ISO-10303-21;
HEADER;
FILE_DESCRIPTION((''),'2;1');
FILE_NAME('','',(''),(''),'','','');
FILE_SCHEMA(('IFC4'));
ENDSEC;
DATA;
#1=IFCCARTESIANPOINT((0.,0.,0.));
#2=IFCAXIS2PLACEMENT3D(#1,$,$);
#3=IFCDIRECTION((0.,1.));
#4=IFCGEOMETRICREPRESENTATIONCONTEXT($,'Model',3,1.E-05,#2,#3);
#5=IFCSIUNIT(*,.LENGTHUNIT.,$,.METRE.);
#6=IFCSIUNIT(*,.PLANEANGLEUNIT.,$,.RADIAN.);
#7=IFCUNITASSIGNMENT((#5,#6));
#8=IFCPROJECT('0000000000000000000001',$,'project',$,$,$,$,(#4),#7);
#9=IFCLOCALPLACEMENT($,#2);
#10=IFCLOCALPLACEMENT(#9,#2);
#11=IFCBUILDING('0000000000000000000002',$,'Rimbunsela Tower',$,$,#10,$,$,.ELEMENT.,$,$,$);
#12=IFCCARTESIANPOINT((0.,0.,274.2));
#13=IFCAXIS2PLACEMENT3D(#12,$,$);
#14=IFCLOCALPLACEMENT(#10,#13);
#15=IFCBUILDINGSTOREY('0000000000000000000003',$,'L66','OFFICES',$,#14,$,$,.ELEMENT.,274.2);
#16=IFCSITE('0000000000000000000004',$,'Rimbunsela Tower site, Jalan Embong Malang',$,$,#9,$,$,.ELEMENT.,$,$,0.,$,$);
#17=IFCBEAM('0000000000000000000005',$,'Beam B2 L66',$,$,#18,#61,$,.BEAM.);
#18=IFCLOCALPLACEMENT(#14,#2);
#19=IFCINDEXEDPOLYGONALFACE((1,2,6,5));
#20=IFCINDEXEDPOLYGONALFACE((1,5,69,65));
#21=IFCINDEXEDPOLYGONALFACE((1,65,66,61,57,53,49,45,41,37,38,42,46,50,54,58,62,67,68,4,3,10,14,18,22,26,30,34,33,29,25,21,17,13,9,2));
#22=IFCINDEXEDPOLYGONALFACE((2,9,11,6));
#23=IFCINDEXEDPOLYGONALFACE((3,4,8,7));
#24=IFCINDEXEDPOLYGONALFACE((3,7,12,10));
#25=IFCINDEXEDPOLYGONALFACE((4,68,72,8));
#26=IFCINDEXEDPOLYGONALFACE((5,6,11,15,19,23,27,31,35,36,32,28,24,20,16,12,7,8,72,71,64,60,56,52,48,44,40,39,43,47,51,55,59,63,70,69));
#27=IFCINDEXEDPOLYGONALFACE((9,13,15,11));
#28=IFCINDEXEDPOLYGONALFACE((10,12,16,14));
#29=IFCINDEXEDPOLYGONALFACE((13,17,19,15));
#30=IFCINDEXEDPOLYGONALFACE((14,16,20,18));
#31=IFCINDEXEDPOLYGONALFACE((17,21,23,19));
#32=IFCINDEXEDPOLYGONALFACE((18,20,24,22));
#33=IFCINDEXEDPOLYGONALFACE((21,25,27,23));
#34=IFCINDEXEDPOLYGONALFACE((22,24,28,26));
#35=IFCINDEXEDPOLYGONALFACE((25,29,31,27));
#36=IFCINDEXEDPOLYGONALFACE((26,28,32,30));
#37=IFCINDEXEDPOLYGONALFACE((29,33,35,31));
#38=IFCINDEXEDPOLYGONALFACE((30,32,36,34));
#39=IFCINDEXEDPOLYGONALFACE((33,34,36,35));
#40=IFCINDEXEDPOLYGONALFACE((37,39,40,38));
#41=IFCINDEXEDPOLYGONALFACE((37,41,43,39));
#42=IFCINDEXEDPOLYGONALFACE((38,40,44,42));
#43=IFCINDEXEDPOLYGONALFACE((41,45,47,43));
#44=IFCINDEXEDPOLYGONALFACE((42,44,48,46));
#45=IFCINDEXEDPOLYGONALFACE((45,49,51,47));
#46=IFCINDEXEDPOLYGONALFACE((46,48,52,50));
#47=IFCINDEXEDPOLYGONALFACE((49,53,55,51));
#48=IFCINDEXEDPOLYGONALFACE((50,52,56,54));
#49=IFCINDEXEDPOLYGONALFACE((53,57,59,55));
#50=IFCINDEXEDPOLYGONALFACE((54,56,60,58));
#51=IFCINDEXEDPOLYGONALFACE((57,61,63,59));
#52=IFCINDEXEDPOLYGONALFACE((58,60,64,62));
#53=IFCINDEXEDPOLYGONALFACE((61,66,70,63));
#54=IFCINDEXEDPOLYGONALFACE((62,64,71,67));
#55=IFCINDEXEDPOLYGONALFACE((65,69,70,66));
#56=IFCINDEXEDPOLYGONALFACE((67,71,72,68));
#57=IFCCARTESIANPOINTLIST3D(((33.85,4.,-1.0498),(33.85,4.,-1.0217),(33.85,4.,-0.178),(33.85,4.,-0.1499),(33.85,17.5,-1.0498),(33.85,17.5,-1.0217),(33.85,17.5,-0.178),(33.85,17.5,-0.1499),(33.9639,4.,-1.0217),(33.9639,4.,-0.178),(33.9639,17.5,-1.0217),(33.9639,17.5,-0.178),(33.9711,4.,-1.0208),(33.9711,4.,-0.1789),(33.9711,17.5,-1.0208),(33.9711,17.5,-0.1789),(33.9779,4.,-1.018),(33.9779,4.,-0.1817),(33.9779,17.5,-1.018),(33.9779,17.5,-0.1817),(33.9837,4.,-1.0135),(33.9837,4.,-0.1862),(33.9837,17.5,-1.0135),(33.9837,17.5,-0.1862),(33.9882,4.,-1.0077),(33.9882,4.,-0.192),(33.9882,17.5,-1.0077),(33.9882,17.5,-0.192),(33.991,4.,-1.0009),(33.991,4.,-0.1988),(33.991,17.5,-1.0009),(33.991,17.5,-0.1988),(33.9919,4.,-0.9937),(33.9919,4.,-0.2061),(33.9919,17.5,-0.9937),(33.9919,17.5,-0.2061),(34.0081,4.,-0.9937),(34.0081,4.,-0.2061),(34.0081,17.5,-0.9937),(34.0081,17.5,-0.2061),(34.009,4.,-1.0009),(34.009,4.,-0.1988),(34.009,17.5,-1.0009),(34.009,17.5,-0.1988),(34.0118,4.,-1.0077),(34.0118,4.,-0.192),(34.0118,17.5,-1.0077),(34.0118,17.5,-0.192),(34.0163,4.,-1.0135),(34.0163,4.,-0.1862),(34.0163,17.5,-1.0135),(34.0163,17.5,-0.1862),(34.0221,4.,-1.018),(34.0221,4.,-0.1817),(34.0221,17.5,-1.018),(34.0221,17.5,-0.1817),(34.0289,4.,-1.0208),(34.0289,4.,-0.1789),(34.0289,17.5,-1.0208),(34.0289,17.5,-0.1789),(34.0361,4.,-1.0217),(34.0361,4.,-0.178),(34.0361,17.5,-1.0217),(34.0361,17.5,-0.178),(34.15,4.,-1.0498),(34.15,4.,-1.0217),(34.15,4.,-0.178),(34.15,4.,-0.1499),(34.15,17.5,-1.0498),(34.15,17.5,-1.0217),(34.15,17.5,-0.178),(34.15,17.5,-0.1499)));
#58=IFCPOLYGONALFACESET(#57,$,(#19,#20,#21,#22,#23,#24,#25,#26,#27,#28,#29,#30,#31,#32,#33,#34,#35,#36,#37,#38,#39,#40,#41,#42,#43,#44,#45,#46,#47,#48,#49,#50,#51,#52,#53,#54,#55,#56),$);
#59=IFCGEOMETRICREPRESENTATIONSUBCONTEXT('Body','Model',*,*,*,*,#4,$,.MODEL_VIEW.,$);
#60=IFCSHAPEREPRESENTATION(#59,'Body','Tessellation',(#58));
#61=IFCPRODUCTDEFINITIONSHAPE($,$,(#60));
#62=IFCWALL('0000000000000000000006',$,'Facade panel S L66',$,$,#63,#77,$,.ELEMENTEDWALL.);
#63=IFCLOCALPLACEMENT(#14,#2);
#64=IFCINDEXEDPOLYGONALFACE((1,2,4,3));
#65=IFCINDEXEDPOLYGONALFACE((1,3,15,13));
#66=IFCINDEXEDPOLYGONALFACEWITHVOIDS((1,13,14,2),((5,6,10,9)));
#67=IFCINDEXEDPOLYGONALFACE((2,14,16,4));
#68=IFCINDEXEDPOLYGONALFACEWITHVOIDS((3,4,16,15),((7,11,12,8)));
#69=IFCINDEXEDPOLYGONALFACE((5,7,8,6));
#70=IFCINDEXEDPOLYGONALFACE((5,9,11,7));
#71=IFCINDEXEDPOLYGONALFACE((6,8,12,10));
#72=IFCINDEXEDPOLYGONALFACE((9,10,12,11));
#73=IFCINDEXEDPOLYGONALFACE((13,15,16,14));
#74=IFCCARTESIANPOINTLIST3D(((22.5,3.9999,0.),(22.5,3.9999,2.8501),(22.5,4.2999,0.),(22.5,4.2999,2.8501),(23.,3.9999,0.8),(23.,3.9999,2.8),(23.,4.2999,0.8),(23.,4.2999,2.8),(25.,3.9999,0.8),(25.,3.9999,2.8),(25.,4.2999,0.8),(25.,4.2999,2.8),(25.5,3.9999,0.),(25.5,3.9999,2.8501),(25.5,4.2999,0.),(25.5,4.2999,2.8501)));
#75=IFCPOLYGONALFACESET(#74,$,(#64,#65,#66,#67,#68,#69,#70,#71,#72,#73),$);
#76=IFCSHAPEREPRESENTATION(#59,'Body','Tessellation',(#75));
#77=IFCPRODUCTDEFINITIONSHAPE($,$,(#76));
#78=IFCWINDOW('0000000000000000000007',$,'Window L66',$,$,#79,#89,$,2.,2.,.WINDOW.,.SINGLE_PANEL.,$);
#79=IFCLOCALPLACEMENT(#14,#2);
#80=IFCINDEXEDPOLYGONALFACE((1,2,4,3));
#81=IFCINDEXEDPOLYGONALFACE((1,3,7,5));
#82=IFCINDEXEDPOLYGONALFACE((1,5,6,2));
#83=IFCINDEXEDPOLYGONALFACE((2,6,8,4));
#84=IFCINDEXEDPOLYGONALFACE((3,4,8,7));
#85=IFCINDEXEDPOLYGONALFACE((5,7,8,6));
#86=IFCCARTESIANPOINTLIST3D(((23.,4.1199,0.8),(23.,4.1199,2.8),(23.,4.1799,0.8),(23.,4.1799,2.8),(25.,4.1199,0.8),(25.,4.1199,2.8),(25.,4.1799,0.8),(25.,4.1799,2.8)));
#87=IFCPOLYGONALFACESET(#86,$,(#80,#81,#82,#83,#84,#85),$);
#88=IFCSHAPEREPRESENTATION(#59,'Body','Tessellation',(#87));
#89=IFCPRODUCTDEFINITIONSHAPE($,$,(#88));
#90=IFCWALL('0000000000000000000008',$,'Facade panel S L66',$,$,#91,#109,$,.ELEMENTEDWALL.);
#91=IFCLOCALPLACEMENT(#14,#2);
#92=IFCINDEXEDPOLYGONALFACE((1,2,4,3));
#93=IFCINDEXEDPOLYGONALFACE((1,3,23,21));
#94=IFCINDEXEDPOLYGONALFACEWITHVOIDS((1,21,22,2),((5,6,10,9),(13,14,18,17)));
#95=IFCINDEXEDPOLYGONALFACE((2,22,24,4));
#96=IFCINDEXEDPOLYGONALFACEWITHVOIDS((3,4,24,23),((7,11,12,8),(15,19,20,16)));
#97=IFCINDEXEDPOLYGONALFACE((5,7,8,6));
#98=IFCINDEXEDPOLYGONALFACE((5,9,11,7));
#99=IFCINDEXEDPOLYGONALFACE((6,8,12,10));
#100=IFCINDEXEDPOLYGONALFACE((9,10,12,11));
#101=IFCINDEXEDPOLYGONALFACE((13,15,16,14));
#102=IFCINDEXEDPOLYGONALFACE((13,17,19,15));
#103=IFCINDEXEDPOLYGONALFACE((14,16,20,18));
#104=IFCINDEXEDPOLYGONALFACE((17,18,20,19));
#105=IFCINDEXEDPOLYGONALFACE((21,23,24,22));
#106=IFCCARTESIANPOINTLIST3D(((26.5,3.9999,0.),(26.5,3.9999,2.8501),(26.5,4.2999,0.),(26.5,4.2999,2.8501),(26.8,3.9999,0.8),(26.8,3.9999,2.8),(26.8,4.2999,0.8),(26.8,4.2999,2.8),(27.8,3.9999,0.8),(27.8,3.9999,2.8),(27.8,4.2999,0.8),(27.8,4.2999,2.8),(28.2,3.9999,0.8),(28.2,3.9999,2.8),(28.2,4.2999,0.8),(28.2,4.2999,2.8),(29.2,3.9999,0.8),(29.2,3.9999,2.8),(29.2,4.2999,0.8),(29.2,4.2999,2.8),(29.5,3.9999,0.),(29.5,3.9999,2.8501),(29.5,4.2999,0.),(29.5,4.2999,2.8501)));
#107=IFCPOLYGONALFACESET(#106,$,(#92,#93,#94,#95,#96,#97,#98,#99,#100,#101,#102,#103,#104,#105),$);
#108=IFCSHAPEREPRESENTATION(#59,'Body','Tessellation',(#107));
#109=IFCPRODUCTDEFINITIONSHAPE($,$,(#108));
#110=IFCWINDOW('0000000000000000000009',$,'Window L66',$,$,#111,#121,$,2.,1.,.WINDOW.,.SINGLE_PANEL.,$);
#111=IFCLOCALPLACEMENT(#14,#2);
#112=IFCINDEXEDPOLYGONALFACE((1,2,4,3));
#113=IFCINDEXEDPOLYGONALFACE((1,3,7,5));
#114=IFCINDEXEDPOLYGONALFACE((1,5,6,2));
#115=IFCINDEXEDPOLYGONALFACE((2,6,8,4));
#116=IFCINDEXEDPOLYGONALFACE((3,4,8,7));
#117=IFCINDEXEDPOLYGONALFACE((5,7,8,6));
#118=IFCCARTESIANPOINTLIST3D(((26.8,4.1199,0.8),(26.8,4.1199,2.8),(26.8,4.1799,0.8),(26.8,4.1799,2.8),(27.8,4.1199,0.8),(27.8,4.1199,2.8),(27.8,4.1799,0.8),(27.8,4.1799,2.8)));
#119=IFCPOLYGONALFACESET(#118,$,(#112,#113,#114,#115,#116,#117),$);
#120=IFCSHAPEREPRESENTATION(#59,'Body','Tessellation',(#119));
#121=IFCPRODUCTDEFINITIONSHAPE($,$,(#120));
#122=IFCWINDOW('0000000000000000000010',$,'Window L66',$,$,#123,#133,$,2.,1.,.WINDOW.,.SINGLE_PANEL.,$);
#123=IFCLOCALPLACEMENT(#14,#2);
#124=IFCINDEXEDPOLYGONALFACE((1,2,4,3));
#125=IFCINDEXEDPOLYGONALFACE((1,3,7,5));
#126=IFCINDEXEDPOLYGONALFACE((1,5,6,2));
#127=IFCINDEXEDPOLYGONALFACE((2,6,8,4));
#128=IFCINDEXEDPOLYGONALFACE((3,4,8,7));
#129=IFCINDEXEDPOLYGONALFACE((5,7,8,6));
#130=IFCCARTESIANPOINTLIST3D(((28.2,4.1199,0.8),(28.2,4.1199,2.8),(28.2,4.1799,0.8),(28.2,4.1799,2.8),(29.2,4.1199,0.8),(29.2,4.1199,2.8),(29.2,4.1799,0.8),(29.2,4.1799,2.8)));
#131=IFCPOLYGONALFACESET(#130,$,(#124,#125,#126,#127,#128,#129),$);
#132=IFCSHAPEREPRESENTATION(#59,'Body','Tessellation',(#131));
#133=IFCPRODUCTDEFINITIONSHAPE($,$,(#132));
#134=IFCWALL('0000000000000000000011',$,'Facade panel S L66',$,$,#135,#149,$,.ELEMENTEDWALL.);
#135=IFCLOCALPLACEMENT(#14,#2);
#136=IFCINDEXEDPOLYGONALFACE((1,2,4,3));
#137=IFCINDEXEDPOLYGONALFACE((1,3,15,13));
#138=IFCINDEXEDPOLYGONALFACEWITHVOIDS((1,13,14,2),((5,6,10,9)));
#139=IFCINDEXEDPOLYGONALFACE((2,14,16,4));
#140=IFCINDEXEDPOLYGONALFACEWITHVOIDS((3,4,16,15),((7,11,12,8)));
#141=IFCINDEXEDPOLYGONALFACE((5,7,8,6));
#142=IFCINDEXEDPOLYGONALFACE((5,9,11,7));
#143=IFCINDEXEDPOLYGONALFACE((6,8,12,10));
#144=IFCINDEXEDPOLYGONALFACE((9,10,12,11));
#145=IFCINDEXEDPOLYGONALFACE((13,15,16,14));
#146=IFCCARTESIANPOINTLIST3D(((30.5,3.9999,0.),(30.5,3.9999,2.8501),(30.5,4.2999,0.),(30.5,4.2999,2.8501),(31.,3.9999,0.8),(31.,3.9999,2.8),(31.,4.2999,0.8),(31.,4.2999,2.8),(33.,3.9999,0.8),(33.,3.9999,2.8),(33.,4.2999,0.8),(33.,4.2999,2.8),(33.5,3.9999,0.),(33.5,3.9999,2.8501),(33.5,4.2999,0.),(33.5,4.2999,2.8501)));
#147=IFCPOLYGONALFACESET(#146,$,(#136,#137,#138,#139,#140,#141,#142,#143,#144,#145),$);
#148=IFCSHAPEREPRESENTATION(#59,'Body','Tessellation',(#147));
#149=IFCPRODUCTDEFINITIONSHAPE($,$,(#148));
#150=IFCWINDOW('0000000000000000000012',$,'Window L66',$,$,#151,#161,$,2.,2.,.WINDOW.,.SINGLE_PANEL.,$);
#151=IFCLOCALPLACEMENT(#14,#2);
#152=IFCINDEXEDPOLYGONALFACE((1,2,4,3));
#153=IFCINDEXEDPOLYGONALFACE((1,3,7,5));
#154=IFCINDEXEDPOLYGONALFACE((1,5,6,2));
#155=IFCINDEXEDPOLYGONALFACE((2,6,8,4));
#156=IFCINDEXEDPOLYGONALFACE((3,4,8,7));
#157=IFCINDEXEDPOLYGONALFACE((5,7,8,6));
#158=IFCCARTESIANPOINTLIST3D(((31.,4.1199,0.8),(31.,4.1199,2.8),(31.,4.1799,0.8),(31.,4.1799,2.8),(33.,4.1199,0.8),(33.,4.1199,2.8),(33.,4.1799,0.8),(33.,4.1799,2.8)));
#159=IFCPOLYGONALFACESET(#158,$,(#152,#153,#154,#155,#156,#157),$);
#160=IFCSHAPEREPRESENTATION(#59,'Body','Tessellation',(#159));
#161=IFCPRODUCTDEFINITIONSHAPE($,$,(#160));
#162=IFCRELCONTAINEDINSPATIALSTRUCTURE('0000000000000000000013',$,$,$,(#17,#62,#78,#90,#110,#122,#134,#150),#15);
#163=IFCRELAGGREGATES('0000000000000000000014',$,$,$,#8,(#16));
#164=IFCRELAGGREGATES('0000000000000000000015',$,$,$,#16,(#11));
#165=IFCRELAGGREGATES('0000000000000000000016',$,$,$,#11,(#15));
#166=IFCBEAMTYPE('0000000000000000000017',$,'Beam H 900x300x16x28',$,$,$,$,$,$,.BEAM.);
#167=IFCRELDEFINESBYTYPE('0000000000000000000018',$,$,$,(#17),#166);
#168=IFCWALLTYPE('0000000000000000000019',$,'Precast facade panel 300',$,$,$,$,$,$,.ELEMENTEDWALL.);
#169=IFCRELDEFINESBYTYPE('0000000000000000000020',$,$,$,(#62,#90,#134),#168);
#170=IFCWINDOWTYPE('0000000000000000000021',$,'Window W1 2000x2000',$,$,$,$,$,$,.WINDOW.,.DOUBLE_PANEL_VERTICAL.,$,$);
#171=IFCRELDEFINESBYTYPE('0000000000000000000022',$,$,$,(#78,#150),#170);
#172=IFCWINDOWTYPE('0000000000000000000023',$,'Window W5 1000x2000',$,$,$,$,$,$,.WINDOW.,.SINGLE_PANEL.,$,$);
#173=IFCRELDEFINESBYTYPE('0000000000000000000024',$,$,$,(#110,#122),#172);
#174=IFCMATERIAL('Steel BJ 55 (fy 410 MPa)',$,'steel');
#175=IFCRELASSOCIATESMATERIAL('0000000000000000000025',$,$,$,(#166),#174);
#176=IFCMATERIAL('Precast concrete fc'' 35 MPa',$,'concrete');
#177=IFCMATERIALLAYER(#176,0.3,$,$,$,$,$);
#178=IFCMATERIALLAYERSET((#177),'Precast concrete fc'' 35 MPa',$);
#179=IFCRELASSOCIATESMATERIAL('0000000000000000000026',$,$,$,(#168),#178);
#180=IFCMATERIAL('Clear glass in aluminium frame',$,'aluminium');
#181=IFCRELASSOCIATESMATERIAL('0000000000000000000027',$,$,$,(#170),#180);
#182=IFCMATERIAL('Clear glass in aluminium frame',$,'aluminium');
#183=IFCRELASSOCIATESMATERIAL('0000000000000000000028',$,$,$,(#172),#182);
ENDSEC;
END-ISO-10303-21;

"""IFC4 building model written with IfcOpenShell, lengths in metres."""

from ifc_helpers import new_model, si_unit, direction, frame, frame_2d, origin, origin_2d, place, context, subcontext, project, spatial, rectangle, i_section, extrude, material, layer, layer_set, material_profile, profile_set, type_object, element, fill, save


model = new_model("IFC4")

# Units and contexts
model_context = context("Model", 3, precision=1e-05, world=origin(), true_north=direction((0.0, 1.0)))
body_context = subcontext(model_context, "Body", "Model", "MODEL_VIEW")
ifc_project = project(units=[si_unit("LENGTHUNIT", "METRE"), si_unit("PLANEANGLEUNIT", "RADIAN")], contexts=[model_context])

# Site, building, storey
site_placement = place(None, origin())
site = spatial("IfcSite", under=ifc_project, at=site_placement, Name="Rimbunsela Tower site, Jalan Embong Malang", CompositionType="ELEMENT", RefElevation=0.0)
building_placement = place(site_placement, origin())
building = spatial("IfcBuilding", under=site, at=building_placement, Name="Rimbunsela Tower", CompositionType="ELEMENT")
storey_placement = place(building_placement, frame((0.0, 0.0, 274.2)))
storey = spatial("IfcBuildingStorey", under=building, at=storey_placement, Name="L66", Description="OFFICES", CompositionType="ELEMENT", Elevation=274.2)

# Beam
ifc_material_1 = material(Name="Steel BJ 55 (fy 410 MPa)", Category="steel")
ifc_material_profile_1 = material_profile(ifc_material_1, i_section(OverallWidth=0.3, OverallDepth=0.8999, WebThickness=0.0161, FlangeThickness=0.0281, FilletRadius=0.0281, at=origin_2d()), Name="H 900x300x16x28")
ifc_profile_set_1 = profile_set([ifc_material_profile_1], Name="Steel BJ 55 (fy 410 MPa)")
beam_type_1 = type_object("IfcBeamType", Name="Beam H 900x300x16x28", PredefinedType="BEAM", material=ifc_profile_set_1)
for number, where, z_axis, x_axis, name in (
    (1, (34.0, 4.0, -0.5999), (0.0, 1.0, 0.0), (-1.0, 0.0, 0.0), "Beam B2 L66"),
):
    element("IfcBeam", number, at=place(storey_placement, frame(where, z_axis=z_axis, x_axis=x_axis)), inside=storey, type_object=beam_type_1, Name=name, PredefinedType="BEAM", context=body_context, shape_type="SweptSolid", body=[
        extrude(i_section(OverallWidth=0.3, OverallDepth=0.8999, WebThickness=0.0161, FlangeThickness=0.0281, FilletRadius=0.0281, at=origin_2d()), origin(), (0.0, 0.0, 1.0), 13.5),
    ])

# Wall, opening, window
ifc_material_2 = material(Name="Precast concrete fc' 35 MPa", Category="concrete")
ifc_layer_1 = layer(ifc_material_2, 0.3)
ifc_layer_set_1 = layer_set([ifc_layer_1], Name="Precast concrete fc' 35 MPa")
wall_type = type_object("IfcWallType", Name="Precast facade panel 300", PredefinedType="ELEMENTEDWALL", material=ifc_layer_set_1)
wall_1_placement = place(storey_placement, frame((22.5, 4.1499, 0.0), z_axis=(0.0, 0.0, 1.0), x_axis=(1.0, 0.0, 0.0)))
wall_1 = element("IfcWall", 2, at=wall_1_placement, inside=storey, type_object=wall_type, Name="Facade panel S L66", PredefinedType="ELEMENTEDWALL", context=body_context, shape_type="SweptSolid", body=[
    extrude(rectangle(XDim=3.0, YDim=0.3, at=frame_2d((1.5, 0.0))), origin(), (0.0, 0.0, 1.0), 2.8501),
])
opening_1_placement = place(wall_1_placement, frame((0.5, 0.0, 0.8)))
opening_1 = element("IfcOpeningElement", 3, at=opening_1_placement, cuts=wall_1, PredefinedType="OPENING", context=body_context, shape_type="SweptSolid", body=[
    extrude(rectangle(XDim=2.0, YDim=2.0, at=frame_2d((1.0, 1.0))), frame((0.0, 0.1599, 0.0), z_axis=(0.0, -1.0, 0.0), x_axis=(1.0, 0.0, 0.0)), (0.0, 0.0, 1.0), 0.3201),
])
ifc_material_3 = material(Name="Clear glass in aluminium frame", Category="aluminium")
window_type_1 = type_object("IfcWindowType", Name="Window W1 2000x2000", PartitioningType="DOUBLE_PANEL_VERTICAL", PredefinedType="WINDOW", material=ifc_material_3)
window_1_placement = place(opening_1_placement, origin())
window_1 = element("IfcWindow", 4, at=window_1_placement, inside=storey, type_object=window_type_1, Name="Window L66", OverallHeight=2.0, OverallWidth=2.0, PartitioningType="SINGLE_PANEL", PredefinedType="WINDOW", context=body_context, shape_type="SweptSolid", body=[
    extrude(rectangle(XDim=2.0, YDim=2.0, at=frame_2d((1.0, 1.0))), frame((0.0, 0.03, 0.0), z_axis=(0.0, -1.0, 0.0), x_axis=(1.0, 0.0, 0.0)), (0.0, 0.0, 1.0), 0.0601),
])
fill(opening_1, window_1)

# Wall, openings, windows
wall_2_placement = place(storey_placement, frame((26.5, 4.1499, 0.0), z_axis=(0.0, 0.0, 1.0), x_axis=(1.0, 0.0, 0.0)))
wall_2 = element("IfcWall", 5, at=wall_2_placement, inside=storey, type_object=wall_type, Name="Facade panel S L66", PredefinedType="ELEMENTEDWALL", context=body_context, shape_type="SweptSolid", body=[
    extrude(rectangle(XDim=3.0, YDim=0.3, at=frame_2d((1.5, 0.0))), origin(), (0.0, 0.0, 1.0), 2.8501),
])
opening_2_placement = place(wall_2_placement, frame((0.3, 0.0, 0.8)))
opening_2 = element("IfcOpeningElement", 6, at=opening_2_placement, cuts=wall_2, PredefinedType="OPENING", context=body_context, shape_type="SweptSolid", body=[
    extrude(rectangle(XDim=1.0, YDim=2.0, at=frame_2d((0.5, 1.0))), frame((0.0, 0.1599, 0.0), z_axis=(0.0, -1.0, 0.0), x_axis=(1.0, 0.0, 0.0)), (0.0, 0.0, 1.0), 0.3201),
])
opening_3_placement = place(wall_2_placement, frame((1.7, 0.0, 0.8)))
opening_3 = element("IfcOpeningElement", 7, at=opening_3_placement, cuts=wall_2, PredefinedType="OPENING", context=body_context, shape_type="SweptSolid", body=[
    extrude(rectangle(XDim=1.0, YDim=2.0, at=frame_2d((0.5, 1.0))), frame((0.0, 0.1599, 0.0), z_axis=(0.0, -1.0, 0.0), x_axis=(1.0, 0.0, 0.0)), (0.0, 0.0, 1.0), 0.3201),
])
ifc_material_4 = material(Name="Clear glass in aluminium frame", Category="aluminium")
window_type_2 = type_object("IfcWindowType", Name="Window W5 1000x2000", PartitioningType="SINGLE_PANEL", PredefinedType="WINDOW", material=ifc_material_4)
window_2_placement = place(opening_2_placement, origin())
window_2 = element("IfcWindow", 8, at=window_2_placement, inside=storey, type_object=window_type_2, Name="Window L66", OverallHeight=2.0, OverallWidth=1.0, PartitioningType="SINGLE_PANEL", PredefinedType="WINDOW", context=body_context, shape_type="SweptSolid", body=[
    extrude(rectangle(XDim=1.0, YDim=2.0, at=frame_2d((0.5, 1.0))), frame((0.0, 0.03, 0.0), z_axis=(0.0, -1.0, 0.0), x_axis=(1.0, 0.0, 0.0)), (0.0, 0.0, 1.0), 0.0601),
])
fill(opening_2, window_2)
window_3_placement = place(opening_3_placement, origin())
window_3 = element("IfcWindow", 9, at=window_3_placement, inside=storey, type_object=window_type_2, Name="Window L66", OverallHeight=2.0, OverallWidth=1.0, PartitioningType="SINGLE_PANEL", PredefinedType="WINDOW", context=body_context, shape_type="SweptSolid", body=[
    extrude(rectangle(XDim=1.0, YDim=2.0, at=frame_2d((0.5, 1.0))), frame((0.0, 0.03, 0.0), z_axis=(0.0, -1.0, 0.0), x_axis=(1.0, 0.0, 0.0)), (0.0, 0.0, 1.0), 0.0601),
])
fill(opening_3, window_3)

# Wall, opening, window
wall_3_placement = place(storey_placement, frame((30.5, 4.1499, 0.0), z_axis=(0.0, 0.0, 1.0), x_axis=(1.0, 0.0, 0.0)))
wall_3 = element("IfcWall", 10, at=wall_3_placement, inside=storey, type_object=wall_type, Name="Facade panel S L66", PredefinedType="ELEMENTEDWALL", context=body_context, shape_type="SweptSolid", body=[
    extrude(rectangle(XDim=3.0, YDim=0.3, at=frame_2d((1.5, 0.0))), origin(), (0.0, 0.0, 1.0), 2.8501),
])
opening_4_placement = place(wall_3_placement, frame((0.5, 0.0, 0.8)))
opening_4 = element("IfcOpeningElement", 11, at=opening_4_placement, cuts=wall_3, PredefinedType="OPENING", context=body_context, shape_type="SweptSolid", body=[
    extrude(rectangle(XDim=2.0, YDim=2.0, at=frame_2d((1.0, 1.0))), frame((0.0, 0.1599, 0.0), z_axis=(0.0, -1.0, 0.0), x_axis=(1.0, 0.0, 0.0)), (0.0, 0.0, 1.0), 0.3201),
])
window_4_placement = place(opening_4_placement, origin())
window_4 = element("IfcWindow", 12, at=window_4_placement, inside=storey, type_object=window_type_1, Name="Window L66", OverallHeight=2.0, OverallWidth=2.0, PartitioningType="SINGLE_PANEL", PredefinedType="WINDOW", context=body_context, shape_type="SweptSolid", body=[
    extrude(rectangle(XDim=2.0, YDim=2.0, at=frame_2d((1.0, 1.0))), frame((0.0, 0.03, 0.0), z_axis=(0.0, -1.0, 0.0), x_axis=(1.0, 0.0, 0.0)), (0.0, 0.0, 1.0), 0.0601),
])
fill(opening_4, window_4)

save(model, "model.ifc")
